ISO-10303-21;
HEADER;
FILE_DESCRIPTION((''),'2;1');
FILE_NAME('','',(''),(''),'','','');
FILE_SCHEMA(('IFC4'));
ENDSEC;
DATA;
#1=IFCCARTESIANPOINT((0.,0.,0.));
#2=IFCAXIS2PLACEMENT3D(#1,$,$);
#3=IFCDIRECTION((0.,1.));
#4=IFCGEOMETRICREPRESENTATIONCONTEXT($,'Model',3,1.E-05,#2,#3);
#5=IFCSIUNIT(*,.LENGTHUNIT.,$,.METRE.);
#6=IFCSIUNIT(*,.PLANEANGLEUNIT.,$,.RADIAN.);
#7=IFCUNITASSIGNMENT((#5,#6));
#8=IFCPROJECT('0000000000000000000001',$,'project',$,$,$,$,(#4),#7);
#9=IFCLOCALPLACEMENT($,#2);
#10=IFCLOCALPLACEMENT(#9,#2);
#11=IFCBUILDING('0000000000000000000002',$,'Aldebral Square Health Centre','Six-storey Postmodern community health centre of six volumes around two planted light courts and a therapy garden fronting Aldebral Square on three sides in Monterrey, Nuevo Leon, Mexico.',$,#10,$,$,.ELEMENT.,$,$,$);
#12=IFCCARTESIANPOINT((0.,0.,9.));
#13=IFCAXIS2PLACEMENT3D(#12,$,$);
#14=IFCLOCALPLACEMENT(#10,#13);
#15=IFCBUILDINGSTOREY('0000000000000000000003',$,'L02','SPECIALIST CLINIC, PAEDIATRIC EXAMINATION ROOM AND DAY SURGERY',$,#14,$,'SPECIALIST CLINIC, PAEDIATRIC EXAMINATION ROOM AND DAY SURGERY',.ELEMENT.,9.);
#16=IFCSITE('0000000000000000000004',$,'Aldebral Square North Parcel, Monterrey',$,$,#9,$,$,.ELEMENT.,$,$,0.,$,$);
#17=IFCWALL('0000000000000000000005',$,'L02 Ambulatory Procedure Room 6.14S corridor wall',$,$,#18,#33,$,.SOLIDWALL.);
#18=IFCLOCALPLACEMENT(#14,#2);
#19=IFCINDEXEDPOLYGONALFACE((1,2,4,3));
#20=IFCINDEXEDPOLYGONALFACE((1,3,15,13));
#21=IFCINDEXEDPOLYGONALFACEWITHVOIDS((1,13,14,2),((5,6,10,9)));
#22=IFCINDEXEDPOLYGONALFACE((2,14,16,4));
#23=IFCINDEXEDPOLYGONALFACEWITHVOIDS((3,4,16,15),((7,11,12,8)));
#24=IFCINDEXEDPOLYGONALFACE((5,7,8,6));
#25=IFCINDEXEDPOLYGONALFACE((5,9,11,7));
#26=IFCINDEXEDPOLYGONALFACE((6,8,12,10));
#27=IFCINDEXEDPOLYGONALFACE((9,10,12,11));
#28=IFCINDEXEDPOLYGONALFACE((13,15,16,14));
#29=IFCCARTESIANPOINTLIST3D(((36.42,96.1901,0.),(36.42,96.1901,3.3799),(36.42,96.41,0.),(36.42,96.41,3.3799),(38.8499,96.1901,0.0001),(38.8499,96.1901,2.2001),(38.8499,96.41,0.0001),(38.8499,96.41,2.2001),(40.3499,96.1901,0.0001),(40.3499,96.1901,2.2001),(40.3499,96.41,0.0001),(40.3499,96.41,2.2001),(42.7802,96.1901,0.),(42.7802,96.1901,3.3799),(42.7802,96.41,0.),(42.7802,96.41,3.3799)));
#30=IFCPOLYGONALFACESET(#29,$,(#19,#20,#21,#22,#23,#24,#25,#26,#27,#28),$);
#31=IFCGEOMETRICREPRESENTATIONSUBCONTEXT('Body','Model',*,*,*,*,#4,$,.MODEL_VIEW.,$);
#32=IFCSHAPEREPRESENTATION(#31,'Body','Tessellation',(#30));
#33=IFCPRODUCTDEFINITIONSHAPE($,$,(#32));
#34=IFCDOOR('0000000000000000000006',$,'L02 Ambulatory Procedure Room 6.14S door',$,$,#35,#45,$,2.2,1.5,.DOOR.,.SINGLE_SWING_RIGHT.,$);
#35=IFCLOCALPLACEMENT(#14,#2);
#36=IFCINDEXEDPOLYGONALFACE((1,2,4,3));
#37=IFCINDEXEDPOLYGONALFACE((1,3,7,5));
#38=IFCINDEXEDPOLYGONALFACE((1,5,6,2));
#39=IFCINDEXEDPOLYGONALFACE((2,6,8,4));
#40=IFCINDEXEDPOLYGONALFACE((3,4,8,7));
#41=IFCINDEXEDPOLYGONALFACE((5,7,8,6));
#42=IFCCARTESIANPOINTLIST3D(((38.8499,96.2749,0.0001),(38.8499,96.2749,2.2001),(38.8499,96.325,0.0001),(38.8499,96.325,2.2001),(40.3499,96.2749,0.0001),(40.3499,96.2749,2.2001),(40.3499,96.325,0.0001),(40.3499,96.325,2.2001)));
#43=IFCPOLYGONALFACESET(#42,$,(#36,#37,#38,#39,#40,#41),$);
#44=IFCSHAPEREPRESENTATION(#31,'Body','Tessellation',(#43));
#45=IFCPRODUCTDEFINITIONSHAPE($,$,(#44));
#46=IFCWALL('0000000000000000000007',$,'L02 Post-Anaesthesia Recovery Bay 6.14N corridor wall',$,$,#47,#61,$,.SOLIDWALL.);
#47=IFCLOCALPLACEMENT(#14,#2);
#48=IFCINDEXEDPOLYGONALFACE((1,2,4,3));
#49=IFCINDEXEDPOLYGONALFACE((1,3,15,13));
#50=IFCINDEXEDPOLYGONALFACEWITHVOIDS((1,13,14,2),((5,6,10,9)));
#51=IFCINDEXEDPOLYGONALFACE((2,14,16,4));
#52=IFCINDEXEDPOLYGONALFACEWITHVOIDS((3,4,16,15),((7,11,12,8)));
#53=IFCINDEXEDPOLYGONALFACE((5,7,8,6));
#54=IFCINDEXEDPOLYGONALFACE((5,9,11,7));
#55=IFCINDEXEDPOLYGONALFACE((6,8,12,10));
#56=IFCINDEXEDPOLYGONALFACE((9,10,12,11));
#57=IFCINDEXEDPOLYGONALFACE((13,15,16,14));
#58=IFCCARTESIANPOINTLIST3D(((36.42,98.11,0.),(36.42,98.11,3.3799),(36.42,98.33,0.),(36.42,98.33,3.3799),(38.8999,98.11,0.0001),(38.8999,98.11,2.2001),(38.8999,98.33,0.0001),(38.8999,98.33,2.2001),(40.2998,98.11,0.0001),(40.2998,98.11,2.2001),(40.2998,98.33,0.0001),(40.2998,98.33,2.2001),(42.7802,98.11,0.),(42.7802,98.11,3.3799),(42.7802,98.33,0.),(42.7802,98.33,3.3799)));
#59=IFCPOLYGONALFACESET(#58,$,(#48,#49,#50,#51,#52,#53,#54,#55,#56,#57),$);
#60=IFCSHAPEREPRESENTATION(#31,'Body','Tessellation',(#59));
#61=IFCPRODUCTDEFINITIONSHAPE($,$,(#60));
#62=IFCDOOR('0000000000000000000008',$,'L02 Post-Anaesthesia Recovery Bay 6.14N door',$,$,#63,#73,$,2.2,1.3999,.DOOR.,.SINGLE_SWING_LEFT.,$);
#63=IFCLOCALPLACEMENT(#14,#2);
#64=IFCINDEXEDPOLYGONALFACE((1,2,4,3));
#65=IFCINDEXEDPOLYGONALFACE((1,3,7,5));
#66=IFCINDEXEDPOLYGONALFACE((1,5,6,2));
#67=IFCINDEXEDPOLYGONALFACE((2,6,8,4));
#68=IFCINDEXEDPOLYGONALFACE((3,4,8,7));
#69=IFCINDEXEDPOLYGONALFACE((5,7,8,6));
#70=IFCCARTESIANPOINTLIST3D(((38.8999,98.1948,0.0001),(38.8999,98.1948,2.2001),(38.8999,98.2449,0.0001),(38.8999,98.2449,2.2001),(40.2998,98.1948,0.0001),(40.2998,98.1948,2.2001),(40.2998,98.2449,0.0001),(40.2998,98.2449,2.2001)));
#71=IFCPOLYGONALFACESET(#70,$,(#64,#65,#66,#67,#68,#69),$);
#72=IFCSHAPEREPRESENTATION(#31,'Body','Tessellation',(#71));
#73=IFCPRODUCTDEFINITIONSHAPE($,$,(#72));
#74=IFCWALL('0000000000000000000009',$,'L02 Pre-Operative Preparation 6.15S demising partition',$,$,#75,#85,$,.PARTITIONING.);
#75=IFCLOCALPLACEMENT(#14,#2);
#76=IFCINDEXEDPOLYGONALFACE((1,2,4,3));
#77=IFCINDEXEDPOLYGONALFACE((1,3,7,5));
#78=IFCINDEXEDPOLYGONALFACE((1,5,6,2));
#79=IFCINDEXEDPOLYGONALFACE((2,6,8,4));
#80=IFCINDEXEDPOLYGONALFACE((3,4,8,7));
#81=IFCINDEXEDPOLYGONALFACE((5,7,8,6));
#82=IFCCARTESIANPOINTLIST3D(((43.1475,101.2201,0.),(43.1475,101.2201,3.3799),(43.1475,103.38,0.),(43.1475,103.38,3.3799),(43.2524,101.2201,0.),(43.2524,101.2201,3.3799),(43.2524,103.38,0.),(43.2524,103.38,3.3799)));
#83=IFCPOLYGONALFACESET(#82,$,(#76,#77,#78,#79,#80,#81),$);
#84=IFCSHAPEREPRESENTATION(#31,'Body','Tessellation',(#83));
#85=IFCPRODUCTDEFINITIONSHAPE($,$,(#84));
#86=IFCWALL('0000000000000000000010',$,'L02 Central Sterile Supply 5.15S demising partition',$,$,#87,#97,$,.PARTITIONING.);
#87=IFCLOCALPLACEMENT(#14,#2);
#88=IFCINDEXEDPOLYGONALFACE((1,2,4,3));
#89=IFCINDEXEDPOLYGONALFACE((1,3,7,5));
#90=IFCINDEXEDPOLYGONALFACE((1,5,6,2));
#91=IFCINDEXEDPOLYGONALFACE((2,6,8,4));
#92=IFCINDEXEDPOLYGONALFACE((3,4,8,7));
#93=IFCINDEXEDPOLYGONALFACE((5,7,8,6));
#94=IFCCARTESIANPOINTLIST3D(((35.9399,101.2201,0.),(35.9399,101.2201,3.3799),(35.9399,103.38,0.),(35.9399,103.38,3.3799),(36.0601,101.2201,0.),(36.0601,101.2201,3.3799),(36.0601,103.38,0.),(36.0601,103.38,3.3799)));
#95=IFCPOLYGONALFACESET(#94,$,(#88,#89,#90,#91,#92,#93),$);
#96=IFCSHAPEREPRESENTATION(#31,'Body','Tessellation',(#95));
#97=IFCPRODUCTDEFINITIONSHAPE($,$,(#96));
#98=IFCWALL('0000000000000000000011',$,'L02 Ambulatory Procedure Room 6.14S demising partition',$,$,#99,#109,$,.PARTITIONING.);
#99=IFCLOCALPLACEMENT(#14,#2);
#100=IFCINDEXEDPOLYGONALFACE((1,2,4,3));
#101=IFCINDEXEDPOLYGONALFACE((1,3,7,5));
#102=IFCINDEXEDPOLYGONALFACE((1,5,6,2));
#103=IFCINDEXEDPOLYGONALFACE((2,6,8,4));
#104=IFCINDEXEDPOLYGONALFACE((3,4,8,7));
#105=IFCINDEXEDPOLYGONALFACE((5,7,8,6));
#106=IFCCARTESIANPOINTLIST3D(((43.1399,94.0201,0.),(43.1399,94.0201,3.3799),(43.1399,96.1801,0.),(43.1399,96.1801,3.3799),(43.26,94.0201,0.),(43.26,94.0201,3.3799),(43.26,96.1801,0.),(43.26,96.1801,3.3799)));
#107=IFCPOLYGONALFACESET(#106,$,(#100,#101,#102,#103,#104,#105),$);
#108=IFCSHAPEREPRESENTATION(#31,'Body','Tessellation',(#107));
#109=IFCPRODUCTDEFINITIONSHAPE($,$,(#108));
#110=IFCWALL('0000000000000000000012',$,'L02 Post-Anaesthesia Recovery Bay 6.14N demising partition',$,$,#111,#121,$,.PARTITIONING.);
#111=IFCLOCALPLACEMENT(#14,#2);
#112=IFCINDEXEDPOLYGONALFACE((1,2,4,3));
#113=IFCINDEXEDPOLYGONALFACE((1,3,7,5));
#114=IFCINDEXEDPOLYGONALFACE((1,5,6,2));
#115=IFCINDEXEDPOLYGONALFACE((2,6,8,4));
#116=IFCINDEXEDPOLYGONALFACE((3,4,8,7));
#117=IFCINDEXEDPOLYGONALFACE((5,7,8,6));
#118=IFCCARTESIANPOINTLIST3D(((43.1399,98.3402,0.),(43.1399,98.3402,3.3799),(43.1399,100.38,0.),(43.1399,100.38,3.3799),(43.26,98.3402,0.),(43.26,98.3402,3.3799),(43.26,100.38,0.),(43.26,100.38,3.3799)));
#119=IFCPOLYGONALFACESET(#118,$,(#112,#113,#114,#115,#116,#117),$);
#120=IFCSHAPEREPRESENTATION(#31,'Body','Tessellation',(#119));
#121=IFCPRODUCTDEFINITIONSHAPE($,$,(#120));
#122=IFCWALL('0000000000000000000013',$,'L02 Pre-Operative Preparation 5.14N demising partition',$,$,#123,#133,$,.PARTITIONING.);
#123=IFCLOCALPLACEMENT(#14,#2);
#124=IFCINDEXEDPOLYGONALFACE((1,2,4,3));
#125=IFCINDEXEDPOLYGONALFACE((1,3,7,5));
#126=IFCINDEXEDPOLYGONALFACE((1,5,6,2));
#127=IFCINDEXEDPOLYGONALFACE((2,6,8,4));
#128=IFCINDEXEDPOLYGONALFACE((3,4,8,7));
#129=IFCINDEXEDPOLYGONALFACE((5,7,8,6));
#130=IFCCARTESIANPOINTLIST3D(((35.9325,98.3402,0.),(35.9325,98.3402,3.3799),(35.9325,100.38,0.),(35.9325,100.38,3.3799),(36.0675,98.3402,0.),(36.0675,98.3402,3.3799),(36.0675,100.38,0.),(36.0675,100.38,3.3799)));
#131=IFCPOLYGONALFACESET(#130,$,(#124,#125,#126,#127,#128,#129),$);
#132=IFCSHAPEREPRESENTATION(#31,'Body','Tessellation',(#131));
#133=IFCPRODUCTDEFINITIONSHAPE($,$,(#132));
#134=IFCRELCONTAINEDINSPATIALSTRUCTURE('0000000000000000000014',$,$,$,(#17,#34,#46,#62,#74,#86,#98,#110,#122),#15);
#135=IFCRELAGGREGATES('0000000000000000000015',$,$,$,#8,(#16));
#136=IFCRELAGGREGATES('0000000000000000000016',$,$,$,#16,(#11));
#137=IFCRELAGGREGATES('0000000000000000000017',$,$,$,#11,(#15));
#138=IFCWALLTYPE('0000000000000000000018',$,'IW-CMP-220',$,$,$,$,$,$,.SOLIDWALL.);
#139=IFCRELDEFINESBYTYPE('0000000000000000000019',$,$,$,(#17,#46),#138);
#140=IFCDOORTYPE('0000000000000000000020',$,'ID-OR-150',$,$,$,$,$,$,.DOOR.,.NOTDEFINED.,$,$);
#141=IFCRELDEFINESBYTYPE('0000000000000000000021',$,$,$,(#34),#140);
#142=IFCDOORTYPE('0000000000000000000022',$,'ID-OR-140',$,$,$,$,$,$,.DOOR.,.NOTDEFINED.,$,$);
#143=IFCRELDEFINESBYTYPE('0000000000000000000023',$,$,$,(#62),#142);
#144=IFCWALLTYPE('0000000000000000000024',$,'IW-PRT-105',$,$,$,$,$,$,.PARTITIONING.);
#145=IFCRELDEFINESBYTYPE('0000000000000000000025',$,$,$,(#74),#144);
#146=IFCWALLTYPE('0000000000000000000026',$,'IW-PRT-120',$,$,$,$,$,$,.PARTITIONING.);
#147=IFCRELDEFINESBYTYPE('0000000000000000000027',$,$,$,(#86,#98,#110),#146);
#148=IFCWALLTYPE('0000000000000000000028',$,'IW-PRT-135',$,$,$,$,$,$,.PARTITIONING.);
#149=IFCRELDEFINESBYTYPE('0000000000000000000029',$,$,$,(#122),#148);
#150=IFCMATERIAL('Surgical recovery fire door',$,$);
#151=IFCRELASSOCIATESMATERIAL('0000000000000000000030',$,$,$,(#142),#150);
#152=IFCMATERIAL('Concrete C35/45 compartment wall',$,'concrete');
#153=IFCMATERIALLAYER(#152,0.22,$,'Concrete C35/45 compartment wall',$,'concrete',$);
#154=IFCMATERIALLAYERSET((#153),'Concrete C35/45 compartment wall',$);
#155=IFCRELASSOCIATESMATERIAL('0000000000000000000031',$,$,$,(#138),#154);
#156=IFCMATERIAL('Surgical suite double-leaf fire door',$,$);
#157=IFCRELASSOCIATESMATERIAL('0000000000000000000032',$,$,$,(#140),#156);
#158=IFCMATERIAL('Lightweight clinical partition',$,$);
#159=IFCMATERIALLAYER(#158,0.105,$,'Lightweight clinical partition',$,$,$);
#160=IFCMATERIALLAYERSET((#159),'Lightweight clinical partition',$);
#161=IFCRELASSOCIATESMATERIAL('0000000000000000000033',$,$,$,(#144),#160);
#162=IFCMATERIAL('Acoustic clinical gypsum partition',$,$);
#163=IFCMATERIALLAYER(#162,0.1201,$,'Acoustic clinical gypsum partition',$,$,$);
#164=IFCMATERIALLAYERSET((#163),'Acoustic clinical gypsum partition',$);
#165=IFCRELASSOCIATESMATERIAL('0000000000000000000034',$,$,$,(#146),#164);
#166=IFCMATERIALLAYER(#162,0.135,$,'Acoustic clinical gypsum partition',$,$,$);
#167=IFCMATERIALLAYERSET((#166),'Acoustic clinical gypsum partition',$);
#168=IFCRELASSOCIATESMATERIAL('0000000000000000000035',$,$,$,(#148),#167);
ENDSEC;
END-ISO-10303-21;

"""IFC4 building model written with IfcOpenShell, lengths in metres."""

from ifc_helpers import new_model, si_unit, direction, frame, frame_2d, origin, place, context, subcontext, project, spatial, rectangle, extrude, material, layer, layer_set, type_object, element, fill, save


model = new_model("IFC4")

# Units and contexts
model_context = context("Model", 3, precision=1e-05, world=origin(), true_north=direction((0.0, 1.0)))
body_context = subcontext(model_context, "Body", "Model", "MODEL_VIEW")
ifc_project = project(units=[si_unit("LENGTHUNIT", "METRE"), si_unit("PLANEANGLEUNIT", "RADIAN")], contexts=[model_context])

# Site, building, storey
site_placement = place(None, origin())
site = spatial("IfcSite", under=ifc_project, at=site_placement, Name="Aldebral Square North Parcel, Monterrey", CompositionType="ELEMENT", RefElevation=0.0)
building_placement = place(site_placement, origin())
building = spatial("IfcBuilding", under=site, at=building_placement, Name="Aldebral Square Health Centre", Description="Six-storey Postmodern community health centre of six volumes around two planted light courts and a therapy garden fronting Aldebral Square on three sides in Monterrey, Nuevo Leon, Mexico.", CompositionType="ELEMENT")
storey_placement = place(building_placement, frame((0.0, 0.0, 9.0)))
storey = spatial("IfcBuildingStorey", under=building, at=storey_placement, Name="L02", Description="SPECIALIST CLINIC, PAEDIATRIC EXAMINATION ROOM AND DAY SURGERY", LongName="SPECIALIST CLINIC, PAEDIATRIC EXAMINATION ROOM AND DAY SURGERY", CompositionType="ELEMENT", Elevation=9.0)

# Walls, openings, doors
ifc_material_1 = material(Name="Concrete C35/45 compartment wall", Category="concrete")
ifc_material_2 = material(Name="Surgical recovery fire door")
door_type_1 = type_object("IfcDoorType", Name="ID-OR-140", OperationType="NOTDEFINED", PredefinedType="DOOR", material=ifc_material_2)
ifc_layer_1 = layer(ifc_material_1, 0.22, Name="Concrete C35/45 compartment wall", Category="concrete")
ifc_layer_set_1 = layer_set([ifc_layer_1], Name="Concrete C35/45 compartment wall")
wall_type_1 = type_object("IfcWallType", Name="IW-CMP-220", PredefinedType="SOLIDWALL", material=ifc_layer_set_1)
wall_1_placement = place(storey_placement, frame((36.4199, 96.3, 0.0), z_axis=(0.0, 0.0, 1.0), x_axis=(1.0, 0.0, 0.0)))
wall_1 = element("IfcWall", 1, at=wall_1_placement, inside=storey, type_object=wall_type_1, Name="L02 Ambulatory Procedure Room 6.14S corridor wall", PredefinedType="SOLIDWALL", context=body_context, shape_type="SweptSolid", body=[
    extrude(rectangle(XDim=6.3601, YDim=0.22, at=frame_2d((3.1802, 0.0))), origin(), (0.0, 0.0, 1.0), 3.3799),
])
opening_1_placement = place(wall_1_placement, frame((2.4299, 0.0, 0.0)))
opening_1 = element("IfcOpeningElement", 2, at=opening_1_placement, cuts=wall_1, PredefinedType="OPENING", context=body_context, shape_type="SweptSolid", body=[
    extrude(rectangle(XDim=1.5, YDim=2.2, at=frame_2d((0.75, 1.1001))), frame((0.0, 0.1201, 0.0), z_axis=(0.0, -1.0, 0.0), x_axis=(1.0, 0.0, 0.0)), (0.0, 0.0, 1.0), 0.24),
])
ifc_material_3 = material(Name="Surgical suite double-leaf fire door")
door_type_2 = type_object("IfcDoorType", Name="ID-OR-150", OperationType="NOTDEFINED", PredefinedType="DOOR", material=ifc_material_3)
door_1_placement = place(opening_1_placement, origin())
door_1 = element("IfcDoor", 3, at=door_1_placement, inside=storey, type_object=door_type_2, Name="L02 Ambulatory Procedure Room 6.14S door", OperationType="SINGLE_SWING_RIGHT", OverallHeight=2.2, OverallWidth=1.5, PredefinedType="DOOR", context=body_context, shape_type="SweptSolid", body=[
    extrude(rectangle(XDim=1.5, YDim=2.2, at=frame_2d((0.75, 1.1001))), frame((0.0, 0.0249, 0.0), z_axis=(0.0, -1.0, 0.0), x_axis=(1.0, 0.0, 0.0)), (0.0, 0.0, 1.0), 0.05),
])
fill(opening_1, door_1)
wall_2_placement = place(storey_placement, frame((36.4199, 98.22, 0.0), z_axis=(0.0, 0.0, 1.0), x_axis=(1.0, 0.0, 0.0)))
wall_2 = element("IfcWall", 4, at=wall_2_placement, inside=storey, type_object=wall_type_1, Name="L02 Post-Anaesthesia Recovery Bay 6.14N corridor wall", PredefinedType="SOLIDWALL", context=body_context, shape_type="SweptSolid", body=[
    extrude(rectangle(XDim=6.3601, YDim=0.22, at=frame_2d((3.1802, 0.0))), origin(), (0.0, 0.0, 1.0), 3.3799),
])
opening_2_placement = place(wall_2_placement, frame((2.48, 0.0, 0.0)))
opening_2 = element("IfcOpeningElement", 5, at=opening_2_placement, cuts=wall_2, PredefinedType="OPENING", context=body_context, shape_type="SweptSolid", body=[
    extrude(rectangle(XDim=1.3999, YDim=2.2, at=frame_2d((0.7, 1.1001))), frame((0.0, 0.1201, 0.0), z_axis=(0.0, -1.0, 0.0), x_axis=(1.0, 0.0, 0.0)), (0.0, 0.0, 1.0), 0.24),
])
door_2_placement = place(opening_2_placement, origin())
door_2 = element("IfcDoor", 6, at=door_2_placement, inside=storey, type_object=door_type_1, Name="L02 Post-Anaesthesia Recovery Bay 6.14N door", OperationType="SINGLE_SWING_LEFT", OverallHeight=2.2, OverallWidth=1.3999, PredefinedType="DOOR", context=body_context, shape_type="SweptSolid", body=[
    extrude(rectangle(XDim=1.3999, YDim=2.2, at=frame_2d((0.7, 1.1001))), frame((0.0, 0.0249, 0.0), z_axis=(0.0, -1.0, 0.0), x_axis=(1.0, 0.0, 0.0)), (0.0, 0.0, 1.0), 0.05),
])
fill(opening_2, door_2)

# Walls
ifc_material_4 = material(Name="Lightweight clinical partition")
ifc_layer_2 = layer(ifc_material_4, 0.105, Name="Lightweight clinical partition")
ifc_layer_set_2 = layer_set([ifc_layer_2], Name="Lightweight clinical partition")
wall_type_2 = type_object("IfcWallType", Name="IW-PRT-105", PredefinedType="PARTITIONING", material=ifc_layer_set_2)
wall_3_placement = place(storey_placement, frame((43.2, 101.22, 0.0), z_axis=(0.0, 0.0, 1.0), x_axis=(0.0, 1.0, 0.0)))
element("IfcWall", 7, at=wall_3_placement, inside=storey, type_object=wall_type_2, Name="L02 Pre-Operative Preparation 6.15S demising partition", PredefinedType="PARTITIONING", context=body_context, shape_type="SweptSolid", body=[
    extrude(rectangle(XDim=2.1599, YDim=0.105, at=frame_2d((1.0801, 0.0))), origin(), (0.0, 0.0, 1.0), 3.3799),
])
ifc_material_5 = material(Name="Acoustic clinical gypsum partition")
ifc_layer_3 = layer(ifc_material_5, 0.1201, Name="Acoustic clinical gypsum partition")
ifc_layer_set_3 = layer_set([ifc_layer_3], Name="Acoustic clinical gypsum partition")
wall_type_3 = type_object("IfcWallType", Name="IW-PRT-120", PredefinedType="PARTITIONING", material=ifc_layer_set_3)
for number, where, z_axis, x_axis, name in (
    (8, (36.0, 101.22, 0.0), (0.0, 0.0, 1.0), (0.0, 1.0, 0.0), "L02 Central Sterile Supply 5.15S demising partition"),
    (9, (43.2, 94.02, 0.0), (0.0, 0.0, 1.0), (0.0, 1.0, 0.0), "L02 Ambulatory Procedure Room 6.14S demising partition"),
):
    element("IfcWall", number, at=place(storey_placement, frame(where, z_axis=z_axis, x_axis=x_axis)), inside=storey, type_object=wall_type_3, Name=name, PredefinedType="PARTITIONING", context=body_context, shape_type="SweptSolid", body=[
        extrude(rectangle(XDim=2.1599, YDim=0.1201, at=frame_2d((1.0801, 0.0))), origin(), (0.0, 0.0, 1.0), 3.3799),
    ])
wall_4_placement = place(storey_placement, frame((43.2, 98.3401, 0.0), z_axis=(0.0, 0.0, 1.0), x_axis=(0.0, 1.0, 0.0)))
element("IfcWall", 10, at=wall_4_placement, inside=storey, type_object=wall_type_3, Name="L02 Post-Anaesthesia Recovery Bay 6.14N demising partition", PredefinedType="PARTITIONING", context=body_context, shape_type="SweptSolid", body=[
    extrude(rectangle(XDim=2.0398, YDim=0.1201, at=frame_2d((1.02, 0.0))), origin(), (0.0, 0.0, 1.0), 3.3799),
])
ifc_layer_4 = layer(ifc_material_5, 0.135, Name="Acoustic clinical gypsum partition")
ifc_layer_set_4 = layer_set([ifc_layer_4], Name="Acoustic clinical gypsum partition")
wall_type_4 = type_object("IfcWallType", Name="IW-PRT-135", PredefinedType="PARTITIONING", material=ifc_layer_set_4)
wall_5_placement = place(storey_placement, frame((36.0, 98.3401, 0.0), z_axis=(0.0, 0.0, 1.0), x_axis=(0.0, 1.0, 0.0)))
element("IfcWall", 11, at=wall_5_placement, inside=storey, type_object=wall_type_4, Name="L02 Pre-Operative Preparation 5.14N demising partition", PredefinedType="PARTITIONING", context=body_context, shape_type="SweptSolid", body=[
    extrude(rectangle(XDim=2.0398, YDim=0.135, at=frame_2d((1.02, 0.0))), origin(), (0.0, 0.0, 1.0), 3.3799),
])

save(model, "model.ifc")
